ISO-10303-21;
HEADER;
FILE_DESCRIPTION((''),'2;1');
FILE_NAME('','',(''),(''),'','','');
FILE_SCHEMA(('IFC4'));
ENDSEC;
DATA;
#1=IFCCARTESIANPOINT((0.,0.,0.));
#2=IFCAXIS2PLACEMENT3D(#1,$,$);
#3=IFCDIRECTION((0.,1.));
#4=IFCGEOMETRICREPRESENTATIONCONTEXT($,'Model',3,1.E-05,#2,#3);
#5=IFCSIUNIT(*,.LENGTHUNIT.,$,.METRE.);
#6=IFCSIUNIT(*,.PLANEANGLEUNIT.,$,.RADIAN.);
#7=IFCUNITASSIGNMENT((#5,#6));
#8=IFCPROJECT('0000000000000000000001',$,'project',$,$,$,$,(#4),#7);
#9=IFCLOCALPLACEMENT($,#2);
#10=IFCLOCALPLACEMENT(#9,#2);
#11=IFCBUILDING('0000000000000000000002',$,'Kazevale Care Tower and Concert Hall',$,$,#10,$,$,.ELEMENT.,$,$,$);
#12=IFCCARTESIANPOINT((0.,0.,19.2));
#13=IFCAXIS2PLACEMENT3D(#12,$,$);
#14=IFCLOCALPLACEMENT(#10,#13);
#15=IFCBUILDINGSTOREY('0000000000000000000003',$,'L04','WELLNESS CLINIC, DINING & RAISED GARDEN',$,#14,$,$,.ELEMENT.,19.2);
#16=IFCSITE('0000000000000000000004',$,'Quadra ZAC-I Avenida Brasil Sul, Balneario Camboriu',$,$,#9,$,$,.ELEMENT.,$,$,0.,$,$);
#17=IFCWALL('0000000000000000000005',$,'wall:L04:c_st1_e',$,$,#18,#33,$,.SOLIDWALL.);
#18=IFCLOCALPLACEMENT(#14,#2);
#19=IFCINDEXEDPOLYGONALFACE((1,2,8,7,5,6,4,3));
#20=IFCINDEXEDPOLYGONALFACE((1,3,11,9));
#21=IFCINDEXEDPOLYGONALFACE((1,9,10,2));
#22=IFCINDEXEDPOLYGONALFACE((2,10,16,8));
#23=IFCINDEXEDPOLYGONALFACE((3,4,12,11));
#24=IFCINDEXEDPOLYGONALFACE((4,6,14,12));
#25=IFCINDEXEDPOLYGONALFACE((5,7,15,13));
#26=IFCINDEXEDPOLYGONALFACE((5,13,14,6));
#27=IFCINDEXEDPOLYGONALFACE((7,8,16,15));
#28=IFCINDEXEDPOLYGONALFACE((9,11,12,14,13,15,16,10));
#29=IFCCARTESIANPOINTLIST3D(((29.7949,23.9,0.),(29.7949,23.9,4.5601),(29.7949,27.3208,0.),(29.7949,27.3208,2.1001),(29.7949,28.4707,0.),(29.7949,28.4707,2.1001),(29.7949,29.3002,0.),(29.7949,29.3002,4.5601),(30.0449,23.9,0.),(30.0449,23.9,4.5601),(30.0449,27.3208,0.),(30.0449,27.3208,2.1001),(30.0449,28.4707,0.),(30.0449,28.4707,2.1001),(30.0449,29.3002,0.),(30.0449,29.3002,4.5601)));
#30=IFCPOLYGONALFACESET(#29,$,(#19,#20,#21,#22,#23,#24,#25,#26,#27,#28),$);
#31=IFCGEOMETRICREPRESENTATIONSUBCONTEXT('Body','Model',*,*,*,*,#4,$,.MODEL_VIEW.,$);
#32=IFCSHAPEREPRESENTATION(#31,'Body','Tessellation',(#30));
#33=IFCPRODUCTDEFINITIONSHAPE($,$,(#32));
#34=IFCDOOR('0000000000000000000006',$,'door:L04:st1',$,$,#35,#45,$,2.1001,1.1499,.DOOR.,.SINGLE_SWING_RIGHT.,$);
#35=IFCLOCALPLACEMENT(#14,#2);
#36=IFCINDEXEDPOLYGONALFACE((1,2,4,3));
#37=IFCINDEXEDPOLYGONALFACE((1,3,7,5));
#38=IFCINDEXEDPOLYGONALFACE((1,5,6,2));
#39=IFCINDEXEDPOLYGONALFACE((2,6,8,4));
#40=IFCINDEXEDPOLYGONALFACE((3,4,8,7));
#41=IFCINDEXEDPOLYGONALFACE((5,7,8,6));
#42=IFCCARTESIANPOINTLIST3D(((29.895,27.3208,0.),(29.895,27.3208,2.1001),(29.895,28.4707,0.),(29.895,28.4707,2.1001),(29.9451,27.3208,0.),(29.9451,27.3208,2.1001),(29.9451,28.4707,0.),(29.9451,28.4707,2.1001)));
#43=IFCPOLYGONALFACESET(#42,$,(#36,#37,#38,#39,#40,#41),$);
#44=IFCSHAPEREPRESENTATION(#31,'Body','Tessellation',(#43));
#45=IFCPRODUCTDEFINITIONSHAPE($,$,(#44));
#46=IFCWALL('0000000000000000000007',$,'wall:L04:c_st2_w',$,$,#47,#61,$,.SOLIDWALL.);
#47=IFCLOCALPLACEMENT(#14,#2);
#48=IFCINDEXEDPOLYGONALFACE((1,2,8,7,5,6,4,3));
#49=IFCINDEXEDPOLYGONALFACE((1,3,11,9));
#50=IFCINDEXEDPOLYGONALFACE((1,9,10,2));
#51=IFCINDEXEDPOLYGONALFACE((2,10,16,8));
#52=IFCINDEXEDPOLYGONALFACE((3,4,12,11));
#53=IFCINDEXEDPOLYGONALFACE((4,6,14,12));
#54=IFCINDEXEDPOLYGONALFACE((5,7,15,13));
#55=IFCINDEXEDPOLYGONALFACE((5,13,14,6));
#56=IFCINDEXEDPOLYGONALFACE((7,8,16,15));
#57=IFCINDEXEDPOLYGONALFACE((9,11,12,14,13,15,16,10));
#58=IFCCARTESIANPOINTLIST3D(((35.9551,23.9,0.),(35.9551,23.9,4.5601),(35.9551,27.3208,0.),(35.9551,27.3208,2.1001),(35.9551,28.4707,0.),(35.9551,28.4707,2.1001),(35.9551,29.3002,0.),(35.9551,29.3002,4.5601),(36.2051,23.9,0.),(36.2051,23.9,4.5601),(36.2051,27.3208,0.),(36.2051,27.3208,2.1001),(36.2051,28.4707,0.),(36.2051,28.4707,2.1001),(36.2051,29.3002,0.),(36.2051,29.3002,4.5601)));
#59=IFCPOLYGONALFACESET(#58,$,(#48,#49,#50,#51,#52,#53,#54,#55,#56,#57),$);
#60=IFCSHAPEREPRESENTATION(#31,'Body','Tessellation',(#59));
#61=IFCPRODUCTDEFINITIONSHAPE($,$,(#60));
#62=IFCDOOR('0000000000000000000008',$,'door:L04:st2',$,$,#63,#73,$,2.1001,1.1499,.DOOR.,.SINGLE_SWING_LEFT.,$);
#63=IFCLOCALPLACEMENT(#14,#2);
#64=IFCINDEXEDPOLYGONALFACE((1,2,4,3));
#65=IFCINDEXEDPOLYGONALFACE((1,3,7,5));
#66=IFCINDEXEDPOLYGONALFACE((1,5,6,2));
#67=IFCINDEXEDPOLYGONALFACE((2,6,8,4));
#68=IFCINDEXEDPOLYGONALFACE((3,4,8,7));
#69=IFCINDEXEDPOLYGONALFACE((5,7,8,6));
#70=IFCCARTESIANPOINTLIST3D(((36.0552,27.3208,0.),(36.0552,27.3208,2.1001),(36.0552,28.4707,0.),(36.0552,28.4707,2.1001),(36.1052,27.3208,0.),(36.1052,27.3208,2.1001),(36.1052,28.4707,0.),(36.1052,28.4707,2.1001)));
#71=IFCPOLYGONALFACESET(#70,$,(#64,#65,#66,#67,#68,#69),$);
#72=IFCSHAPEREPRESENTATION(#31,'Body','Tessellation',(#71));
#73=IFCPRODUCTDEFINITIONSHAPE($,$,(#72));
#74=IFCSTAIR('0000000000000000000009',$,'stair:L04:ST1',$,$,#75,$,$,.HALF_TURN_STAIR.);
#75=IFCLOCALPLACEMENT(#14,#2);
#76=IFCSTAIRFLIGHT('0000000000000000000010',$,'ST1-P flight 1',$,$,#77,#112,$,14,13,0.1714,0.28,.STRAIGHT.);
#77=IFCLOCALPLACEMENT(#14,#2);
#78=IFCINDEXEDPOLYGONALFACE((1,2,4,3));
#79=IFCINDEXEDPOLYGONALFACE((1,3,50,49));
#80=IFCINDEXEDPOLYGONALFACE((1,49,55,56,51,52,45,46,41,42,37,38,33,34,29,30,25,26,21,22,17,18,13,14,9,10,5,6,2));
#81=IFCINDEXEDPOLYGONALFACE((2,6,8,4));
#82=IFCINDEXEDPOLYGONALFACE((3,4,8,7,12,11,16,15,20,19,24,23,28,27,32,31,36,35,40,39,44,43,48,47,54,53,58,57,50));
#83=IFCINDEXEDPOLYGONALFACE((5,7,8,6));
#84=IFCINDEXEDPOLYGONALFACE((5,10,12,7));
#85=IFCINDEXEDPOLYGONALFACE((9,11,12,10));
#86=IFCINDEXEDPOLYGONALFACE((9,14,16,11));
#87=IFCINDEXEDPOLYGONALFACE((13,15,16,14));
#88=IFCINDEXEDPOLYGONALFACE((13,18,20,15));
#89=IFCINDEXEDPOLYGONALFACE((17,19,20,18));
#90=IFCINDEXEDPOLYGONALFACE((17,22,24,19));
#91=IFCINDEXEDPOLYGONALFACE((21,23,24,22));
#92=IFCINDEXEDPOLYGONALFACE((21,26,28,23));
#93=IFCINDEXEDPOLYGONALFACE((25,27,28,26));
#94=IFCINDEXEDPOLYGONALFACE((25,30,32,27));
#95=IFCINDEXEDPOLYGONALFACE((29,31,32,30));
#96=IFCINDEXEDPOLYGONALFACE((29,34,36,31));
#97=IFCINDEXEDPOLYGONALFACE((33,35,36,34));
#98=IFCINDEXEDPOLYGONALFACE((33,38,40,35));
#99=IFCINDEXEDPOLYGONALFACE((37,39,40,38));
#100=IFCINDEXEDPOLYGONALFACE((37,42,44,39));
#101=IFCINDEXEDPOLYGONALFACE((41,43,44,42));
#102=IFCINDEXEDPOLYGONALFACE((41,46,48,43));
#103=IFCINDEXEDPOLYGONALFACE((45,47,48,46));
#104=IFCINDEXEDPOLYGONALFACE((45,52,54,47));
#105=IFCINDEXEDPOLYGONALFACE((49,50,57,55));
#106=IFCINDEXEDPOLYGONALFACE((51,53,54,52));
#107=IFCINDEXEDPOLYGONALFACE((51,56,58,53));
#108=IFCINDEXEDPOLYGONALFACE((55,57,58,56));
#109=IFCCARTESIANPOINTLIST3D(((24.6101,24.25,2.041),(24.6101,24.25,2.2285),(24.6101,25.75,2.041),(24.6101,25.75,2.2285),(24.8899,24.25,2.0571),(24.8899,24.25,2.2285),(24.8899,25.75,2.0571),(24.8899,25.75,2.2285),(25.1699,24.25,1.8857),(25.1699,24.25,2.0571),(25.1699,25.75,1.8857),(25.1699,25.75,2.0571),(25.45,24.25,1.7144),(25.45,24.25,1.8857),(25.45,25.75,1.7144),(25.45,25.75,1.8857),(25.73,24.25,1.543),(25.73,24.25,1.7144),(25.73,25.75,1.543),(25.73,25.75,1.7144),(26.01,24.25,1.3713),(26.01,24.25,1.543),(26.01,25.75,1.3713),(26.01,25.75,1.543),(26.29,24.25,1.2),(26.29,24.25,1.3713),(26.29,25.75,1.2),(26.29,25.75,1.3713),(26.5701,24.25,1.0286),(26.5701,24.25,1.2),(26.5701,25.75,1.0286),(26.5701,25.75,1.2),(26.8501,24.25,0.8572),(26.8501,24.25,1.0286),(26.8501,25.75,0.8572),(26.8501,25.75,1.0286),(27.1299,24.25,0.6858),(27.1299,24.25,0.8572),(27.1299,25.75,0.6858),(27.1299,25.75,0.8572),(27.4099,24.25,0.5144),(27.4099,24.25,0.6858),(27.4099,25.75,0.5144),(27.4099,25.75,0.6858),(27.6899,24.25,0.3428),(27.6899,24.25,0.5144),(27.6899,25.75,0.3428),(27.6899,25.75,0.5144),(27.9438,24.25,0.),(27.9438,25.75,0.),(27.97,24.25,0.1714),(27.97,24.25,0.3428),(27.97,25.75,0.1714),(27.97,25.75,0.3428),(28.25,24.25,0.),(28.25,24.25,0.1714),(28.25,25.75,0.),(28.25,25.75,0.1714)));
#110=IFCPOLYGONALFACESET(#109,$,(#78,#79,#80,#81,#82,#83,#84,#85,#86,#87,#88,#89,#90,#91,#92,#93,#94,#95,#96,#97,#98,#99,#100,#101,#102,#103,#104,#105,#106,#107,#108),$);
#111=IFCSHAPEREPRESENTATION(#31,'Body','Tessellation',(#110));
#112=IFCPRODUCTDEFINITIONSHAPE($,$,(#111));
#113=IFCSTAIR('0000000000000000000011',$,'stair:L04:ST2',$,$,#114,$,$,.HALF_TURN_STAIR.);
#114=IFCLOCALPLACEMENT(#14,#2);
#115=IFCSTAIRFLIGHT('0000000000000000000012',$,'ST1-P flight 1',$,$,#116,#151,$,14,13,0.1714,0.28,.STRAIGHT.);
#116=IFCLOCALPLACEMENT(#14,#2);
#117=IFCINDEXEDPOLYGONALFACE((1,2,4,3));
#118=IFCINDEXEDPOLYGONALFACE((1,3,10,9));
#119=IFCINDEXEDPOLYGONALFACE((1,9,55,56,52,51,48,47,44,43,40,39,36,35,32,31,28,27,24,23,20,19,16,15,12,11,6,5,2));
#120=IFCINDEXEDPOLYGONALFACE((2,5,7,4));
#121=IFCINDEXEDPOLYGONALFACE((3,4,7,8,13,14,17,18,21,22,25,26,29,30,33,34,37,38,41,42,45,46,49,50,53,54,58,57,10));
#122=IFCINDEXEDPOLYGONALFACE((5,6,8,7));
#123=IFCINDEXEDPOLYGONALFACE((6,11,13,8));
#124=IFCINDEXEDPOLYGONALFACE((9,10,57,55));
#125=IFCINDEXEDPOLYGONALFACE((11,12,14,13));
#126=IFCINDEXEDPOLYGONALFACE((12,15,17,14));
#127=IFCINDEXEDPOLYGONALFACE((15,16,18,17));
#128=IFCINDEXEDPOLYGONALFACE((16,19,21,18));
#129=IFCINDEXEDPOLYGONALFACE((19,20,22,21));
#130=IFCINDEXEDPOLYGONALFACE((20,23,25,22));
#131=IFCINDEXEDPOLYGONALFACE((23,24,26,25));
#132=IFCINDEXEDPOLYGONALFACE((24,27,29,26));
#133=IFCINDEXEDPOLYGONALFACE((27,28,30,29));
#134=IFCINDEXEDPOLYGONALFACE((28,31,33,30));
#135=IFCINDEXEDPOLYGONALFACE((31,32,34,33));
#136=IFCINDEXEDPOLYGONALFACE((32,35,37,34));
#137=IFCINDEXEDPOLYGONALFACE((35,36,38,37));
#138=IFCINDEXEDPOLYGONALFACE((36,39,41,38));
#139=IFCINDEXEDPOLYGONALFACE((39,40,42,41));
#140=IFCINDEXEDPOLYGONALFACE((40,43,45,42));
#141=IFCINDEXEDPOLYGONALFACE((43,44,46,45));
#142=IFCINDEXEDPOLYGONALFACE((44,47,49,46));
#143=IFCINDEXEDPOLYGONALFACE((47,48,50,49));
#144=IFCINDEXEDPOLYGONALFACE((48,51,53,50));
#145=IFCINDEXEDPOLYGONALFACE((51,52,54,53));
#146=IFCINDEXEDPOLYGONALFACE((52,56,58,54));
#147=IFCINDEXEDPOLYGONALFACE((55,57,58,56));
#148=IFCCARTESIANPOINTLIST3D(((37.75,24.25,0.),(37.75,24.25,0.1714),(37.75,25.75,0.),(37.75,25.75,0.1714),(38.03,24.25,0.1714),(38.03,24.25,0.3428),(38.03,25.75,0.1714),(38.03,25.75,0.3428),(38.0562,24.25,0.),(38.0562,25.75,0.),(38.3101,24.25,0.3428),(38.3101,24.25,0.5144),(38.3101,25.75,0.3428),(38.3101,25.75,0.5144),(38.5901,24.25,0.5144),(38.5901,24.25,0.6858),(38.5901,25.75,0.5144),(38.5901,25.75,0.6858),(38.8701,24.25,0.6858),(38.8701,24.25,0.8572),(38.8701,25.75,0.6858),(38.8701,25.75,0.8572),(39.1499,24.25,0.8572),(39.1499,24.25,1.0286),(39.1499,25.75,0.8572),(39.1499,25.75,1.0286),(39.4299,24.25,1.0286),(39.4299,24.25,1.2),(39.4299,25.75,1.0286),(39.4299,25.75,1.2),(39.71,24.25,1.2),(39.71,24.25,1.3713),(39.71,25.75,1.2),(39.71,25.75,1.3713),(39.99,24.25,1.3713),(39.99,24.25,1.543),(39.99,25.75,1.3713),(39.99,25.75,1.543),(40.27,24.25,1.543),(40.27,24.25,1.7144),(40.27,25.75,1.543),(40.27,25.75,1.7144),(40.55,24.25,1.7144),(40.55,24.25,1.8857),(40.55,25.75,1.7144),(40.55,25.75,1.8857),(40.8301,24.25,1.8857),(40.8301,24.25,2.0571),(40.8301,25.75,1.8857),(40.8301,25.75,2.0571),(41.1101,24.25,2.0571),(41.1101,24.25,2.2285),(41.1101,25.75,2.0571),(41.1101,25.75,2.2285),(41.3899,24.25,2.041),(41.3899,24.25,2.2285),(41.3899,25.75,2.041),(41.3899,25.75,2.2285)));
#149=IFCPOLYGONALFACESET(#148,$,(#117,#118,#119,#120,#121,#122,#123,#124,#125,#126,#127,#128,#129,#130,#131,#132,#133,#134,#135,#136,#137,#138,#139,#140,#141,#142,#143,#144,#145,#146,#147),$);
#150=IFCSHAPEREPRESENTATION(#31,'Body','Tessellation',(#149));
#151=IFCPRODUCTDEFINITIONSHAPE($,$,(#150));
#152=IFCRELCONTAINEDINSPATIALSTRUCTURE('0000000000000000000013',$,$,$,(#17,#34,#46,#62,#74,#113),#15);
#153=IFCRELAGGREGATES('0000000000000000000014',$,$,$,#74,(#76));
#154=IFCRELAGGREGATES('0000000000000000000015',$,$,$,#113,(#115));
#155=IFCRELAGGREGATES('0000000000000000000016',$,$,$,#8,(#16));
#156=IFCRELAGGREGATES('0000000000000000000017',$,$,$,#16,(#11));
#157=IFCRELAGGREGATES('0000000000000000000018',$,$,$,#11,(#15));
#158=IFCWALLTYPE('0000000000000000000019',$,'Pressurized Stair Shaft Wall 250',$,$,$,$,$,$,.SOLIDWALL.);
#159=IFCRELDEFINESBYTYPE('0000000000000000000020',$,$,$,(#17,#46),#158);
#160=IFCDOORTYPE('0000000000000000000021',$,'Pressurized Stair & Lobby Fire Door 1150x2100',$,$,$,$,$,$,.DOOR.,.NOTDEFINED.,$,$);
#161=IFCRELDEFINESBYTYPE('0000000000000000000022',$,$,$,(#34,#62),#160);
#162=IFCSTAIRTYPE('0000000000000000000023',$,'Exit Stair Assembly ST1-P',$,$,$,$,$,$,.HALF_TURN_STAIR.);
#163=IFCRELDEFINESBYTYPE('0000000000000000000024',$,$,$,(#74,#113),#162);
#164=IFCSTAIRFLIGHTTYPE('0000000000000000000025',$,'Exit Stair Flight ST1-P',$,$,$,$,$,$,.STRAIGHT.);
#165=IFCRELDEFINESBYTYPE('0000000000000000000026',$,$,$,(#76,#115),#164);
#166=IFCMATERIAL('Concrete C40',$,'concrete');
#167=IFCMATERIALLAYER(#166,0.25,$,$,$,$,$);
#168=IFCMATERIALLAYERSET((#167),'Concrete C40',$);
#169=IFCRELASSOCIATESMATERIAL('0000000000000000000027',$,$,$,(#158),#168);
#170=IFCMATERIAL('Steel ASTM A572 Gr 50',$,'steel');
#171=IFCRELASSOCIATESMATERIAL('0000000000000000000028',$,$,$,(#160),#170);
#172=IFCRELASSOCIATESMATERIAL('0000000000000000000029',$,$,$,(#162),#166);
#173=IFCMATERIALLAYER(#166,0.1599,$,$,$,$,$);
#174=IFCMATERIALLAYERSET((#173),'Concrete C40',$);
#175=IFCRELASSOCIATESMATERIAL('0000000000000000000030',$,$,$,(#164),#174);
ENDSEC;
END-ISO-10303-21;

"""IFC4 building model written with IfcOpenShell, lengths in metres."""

from ifc_helpers import new_model, si_unit, direction, frame, frame_2d, origin, place, context, subcontext, project, spatial, polyline, rectangle, outline, extrude, material, layer, layer_set, type_object, element, fill, aggregate, save


model = new_model("IFC4")

# Units and contexts
model_context = context("Model", 3, precision=1e-05, world=origin(), true_north=direction((0.0, 1.0)))
body_context = subcontext(model_context, "Body", "Model", "MODEL_VIEW")
ifc_project = project(units=[si_unit("LENGTHUNIT", "METRE"), si_unit("PLANEANGLEUNIT", "RADIAN")], contexts=[model_context])

# Site, building, storey
site_placement = place(None, origin())
site = spatial("IfcSite", under=ifc_project, at=site_placement, Name="Quadra ZAC-I Avenida Brasil Sul, Balneario Camboriu", CompositionType="ELEMENT", RefElevation=0.0)
building_placement = place(site_placement, origin())
building = spatial("IfcBuilding", under=site, at=building_placement, Name="Kazevale Care Tower and Concert Hall", CompositionType="ELEMENT")
storey_placement = place(building_placement, frame((0.0, 0.0, 19.2)))
storey = spatial("IfcBuildingStorey", under=building, at=storey_placement, Name="L04", Description="WELLNESS CLINIC, DINING & RAISED GARDEN", CompositionType="ELEMENT", Elevation=19.2)

# Shared definitions
ifc_material_1 = material(Name="Steel ASTM A572 Gr 50", Category="steel")

# Shared definitions
ifc_material_2 = material(Name="Concrete C40", Category="concrete")

# Walls, openings, doors
ifc_layer_1 = layer(ifc_material_2, 0.25)
ifc_layer_set_1 = layer_set([ifc_layer_1], Name="Concrete C40")
wall_type_1 = type_object("IfcWallType", Name="Pressurized Stair Shaft Wall 250", PredefinedType="SOLIDWALL", material=ifc_layer_set_1)
wall_1_placement = place(storey_placement, frame((29.9199, 23.8999, 0.0), z_axis=(0.0, 0.0, 1.0), x_axis=(0.0, 1.0, 0.0)))
wall_1 = element("IfcWall", 1, at=wall_1_placement, inside=storey, type_object=wall_type_1, Name="wall:L04:c_st1_e", PredefinedType="SOLIDWALL", context=body_context, shape_type="SweptSolid", body=[
    extrude(rectangle(XDim=5.4001, YDim=0.25, at=frame_2d((2.7002, 0.0))), origin(), (0.0, 0.0, 1.0), 4.5601),
])
opening_1_placement = place(wall_1_placement, frame((3.4209, 0.0, 0.0)))
opening_1 = element("IfcOpeningElement", 2, at=opening_1_placement, cuts=wall_1, PredefinedType="OPENING", context=body_context, shape_type="SweptSolid", body=[
    extrude(rectangle(XDim=1.1499, YDim=2.1001, at=frame_2d((0.575, 1.05))), frame((0.0, 0.135, 0.0), z_axis=(0.0, -1.0, 0.0), x_axis=(1.0, 0.0, 0.0)), (0.0, 0.0, 1.0), 0.27),
])
door_type_1 = type_object("IfcDoorType", Name="Pressurized Stair & Lobby Fire Door 1150x2100", OperationType="NOTDEFINED", PredefinedType="DOOR", material=ifc_material_1)
door_1_placement = place(opening_1_placement, origin())
door_1 = element("IfcDoor", 3, at=door_1_placement, inside=storey, type_object=door_type_1, Name="door:L04:st1", OperationType="SINGLE_SWING_RIGHT", OverallHeight=2.1001, OverallWidth=1.1499, PredefinedType="DOOR", context=body_context, shape_type="SweptSolid", body=[
    extrude(rectangle(XDim=1.1499, YDim=2.1001, at=frame_2d((0.575, 1.05))), frame((0.0, 0.0249, 0.0), z_axis=(0.0, -1.0, 0.0), x_axis=(1.0, 0.0, 0.0)), (0.0, 0.0, 1.0), 0.05),
])
fill(opening_1, door_1)
wall_2_placement = place(storey_placement, frame((36.0801, 23.8999, 0.0), z_axis=(0.0, 0.0, 1.0), x_axis=(0.0, 1.0, 0.0)))
wall_2 = element("IfcWall", 4, at=wall_2_placement, inside=storey, type_object=wall_type_1, Name="wall:L04:c_st2_w", PredefinedType="SOLIDWALL", context=body_context, shape_type="SweptSolid", body=[
    extrude(rectangle(XDim=5.4001, YDim=0.25, at=frame_2d((2.7002, 0.0))), origin(), (0.0, 0.0, 1.0), 4.5601),
])
opening_2_placement = place(wall_2_placement, frame((3.4209, 0.0, 0.0)))
opening_2 = element("IfcOpeningElement", 5, at=opening_2_placement, cuts=wall_2, PredefinedType="OPENING", context=body_context, shape_type="SweptSolid", body=[
    extrude(rectangle(XDim=1.1499, YDim=2.1001, at=frame_2d((0.575, 1.05))), frame((0.0, 0.135, 0.0), z_axis=(0.0, -1.0, 0.0), x_axis=(1.0, 0.0, 0.0)), (0.0, 0.0, 1.0), 0.27),
])
door_2_placement = place(opening_2_placement, origin())
door_2 = element("IfcDoor", 6, at=door_2_placement, inside=storey, type_object=door_type_1, Name="door:L04:st2", OperationType="SINGLE_SWING_LEFT", OverallHeight=2.1001, OverallWidth=1.1499, PredefinedType="DOOR", context=body_context, shape_type="SweptSolid", body=[
    extrude(rectangle(XDim=1.1499, YDim=2.1001, at=frame_2d((0.575, 1.05))), frame((0.0, 0.0249, 0.0), z_axis=(0.0, -1.0, 0.0), x_axis=(1.0, 0.0, 0.0)), (0.0, 0.0, 1.0), 0.05),
])
fill(opening_2, door_2)

# Stair, stair flight
stair_type = type_object("IfcStairType", Name="Exit Stair Assembly ST1-P", PredefinedType="HALF_TURN_STAIR", material=ifc_material_2)
stair_1_placement = place(storey_placement, origin())
stair_1 = element("IfcStair", 7, at=stair_1_placement, inside=storey, type_object=stair_type, Name="stair:L04:ST1", PredefinedType="HALF_TURN_STAIR")
ifc_layer_2 = layer(ifc_material_2, 0.1599)
ifc_layer_set_2 = layer_set([ifc_layer_2], Name="Concrete C40")
stair_flight_type = type_object("IfcStairFlightType", Name="Exit Stair Flight ST1-P", PredefinedType="STRAIGHT", material=ifc_layer_set_2)
stair_flight_1_placement = place(storey_placement, frame((28.25, 25.0, 0.0), z_axis=(0.0, 0.0, 1.0), x_axis=(-1.0, 0.0, 0.0)))
stair_flight_1 = element("IfcStairFlight", 8, at=stair_flight_1_placement, type_object=stair_flight_type, Name="ST1-P flight 1", NumberOfRisers=14, NumberOfTreads=13, PredefinedType="STRAIGHT", RiserHeight=0.1714, TreadLength=0.28, context=body_context, shape_type="SweptSolid", body=[
    extrude(outline(polyline([(0.0, 0.0), (0.0, 0.1714), (0.28, 0.1714), (0.28, 0.3428), (0.5601, 0.3428), (0.5601, 0.5144), (0.8401, 0.5144), (0.8401, 0.6858), (1.1201, 0.6858), (1.1201, 0.8572), (1.3999, 0.8572), (1.3999, 1.0286), (1.6799, 1.0286), (1.6799, 1.2), (1.96, 1.2), (1.96, 1.3713), (2.24, 1.3713), (2.24, 1.543), (2.52, 1.543), (2.52, 1.7144), (2.8, 1.7144), (2.8, 1.8857), (3.0801, 1.8857), (3.0801, 2.0571), (3.3601, 2.0571), (3.3601, 2.2285), (3.6399, 2.2285), (3.6399, 2.3999), (3.6399, 2.041), (0.3062, 0.0), (0.0, 0.0)])), frame((0.0, 0.75, 0.0), z_axis=(0.0, -1.0, 0.0), x_axis=(1.0, 0.0, 0.0)), (0.0, 0.0, 1.0), 1.5),
])
aggregate(stair_1, [stair_flight_1])

# Stair, stair flight
stair_2_placement = place(storey_placement, origin())
stair_2 = element("IfcStair", 9, at=stair_2_placement, inside=storey, type_object=stair_type, Name="stair:L04:ST2", PredefinedType="HALF_TURN_STAIR")
stair_flight_2_placement = place(storey_placement, frame((37.75, 25.0, 0.0), z_axis=(0.0, 0.0, 1.0), x_axis=(1.0, 0.0, 0.0)))
stair_flight_2 = element("IfcStairFlight", 10, at=stair_flight_2_placement, type_object=stair_flight_type, Name="ST1-P flight 1", NumberOfRisers=14, NumberOfTreads=13, PredefinedType="STRAIGHT", RiserHeight=0.1714, TreadLength=0.28, context=body_context, shape_type="SweptSolid", body=[
    extrude(outline(polyline([(0.0, 0.0), (0.0, 0.1714), (0.28, 0.1714), (0.28, 0.3428), (0.5601, 0.3428), (0.5601, 0.5144), (0.8401, 0.5144), (0.8401, 0.6858), (1.1201, 0.6858), (1.1201, 0.8572), (1.3999, 0.8572), (1.3999, 1.0286), (1.6799, 1.0286), (1.6799, 1.2), (1.96, 1.2), (1.96, 1.3713), (2.24, 1.3713), (2.24, 1.543), (2.52, 1.543), (2.52, 1.7144), (2.8, 1.7144), (2.8, 1.8857), (3.0801, 1.8857), (3.0801, 2.0571), (3.3601, 2.0571), (3.3601, 2.2285), (3.6399, 2.2285), (3.6399, 2.3999), (3.6399, 2.041), (0.3062, 0.0), (0.0, 0.0)])), frame((0.0, 0.75, 0.0), z_axis=(0.0, -1.0, 0.0), x_axis=(1.0, 0.0, 0.0)), (0.0, 0.0, 1.0), 1.5),
])
aggregate(stair_2, [stair_flight_2])

save(model, "model.ifc")
